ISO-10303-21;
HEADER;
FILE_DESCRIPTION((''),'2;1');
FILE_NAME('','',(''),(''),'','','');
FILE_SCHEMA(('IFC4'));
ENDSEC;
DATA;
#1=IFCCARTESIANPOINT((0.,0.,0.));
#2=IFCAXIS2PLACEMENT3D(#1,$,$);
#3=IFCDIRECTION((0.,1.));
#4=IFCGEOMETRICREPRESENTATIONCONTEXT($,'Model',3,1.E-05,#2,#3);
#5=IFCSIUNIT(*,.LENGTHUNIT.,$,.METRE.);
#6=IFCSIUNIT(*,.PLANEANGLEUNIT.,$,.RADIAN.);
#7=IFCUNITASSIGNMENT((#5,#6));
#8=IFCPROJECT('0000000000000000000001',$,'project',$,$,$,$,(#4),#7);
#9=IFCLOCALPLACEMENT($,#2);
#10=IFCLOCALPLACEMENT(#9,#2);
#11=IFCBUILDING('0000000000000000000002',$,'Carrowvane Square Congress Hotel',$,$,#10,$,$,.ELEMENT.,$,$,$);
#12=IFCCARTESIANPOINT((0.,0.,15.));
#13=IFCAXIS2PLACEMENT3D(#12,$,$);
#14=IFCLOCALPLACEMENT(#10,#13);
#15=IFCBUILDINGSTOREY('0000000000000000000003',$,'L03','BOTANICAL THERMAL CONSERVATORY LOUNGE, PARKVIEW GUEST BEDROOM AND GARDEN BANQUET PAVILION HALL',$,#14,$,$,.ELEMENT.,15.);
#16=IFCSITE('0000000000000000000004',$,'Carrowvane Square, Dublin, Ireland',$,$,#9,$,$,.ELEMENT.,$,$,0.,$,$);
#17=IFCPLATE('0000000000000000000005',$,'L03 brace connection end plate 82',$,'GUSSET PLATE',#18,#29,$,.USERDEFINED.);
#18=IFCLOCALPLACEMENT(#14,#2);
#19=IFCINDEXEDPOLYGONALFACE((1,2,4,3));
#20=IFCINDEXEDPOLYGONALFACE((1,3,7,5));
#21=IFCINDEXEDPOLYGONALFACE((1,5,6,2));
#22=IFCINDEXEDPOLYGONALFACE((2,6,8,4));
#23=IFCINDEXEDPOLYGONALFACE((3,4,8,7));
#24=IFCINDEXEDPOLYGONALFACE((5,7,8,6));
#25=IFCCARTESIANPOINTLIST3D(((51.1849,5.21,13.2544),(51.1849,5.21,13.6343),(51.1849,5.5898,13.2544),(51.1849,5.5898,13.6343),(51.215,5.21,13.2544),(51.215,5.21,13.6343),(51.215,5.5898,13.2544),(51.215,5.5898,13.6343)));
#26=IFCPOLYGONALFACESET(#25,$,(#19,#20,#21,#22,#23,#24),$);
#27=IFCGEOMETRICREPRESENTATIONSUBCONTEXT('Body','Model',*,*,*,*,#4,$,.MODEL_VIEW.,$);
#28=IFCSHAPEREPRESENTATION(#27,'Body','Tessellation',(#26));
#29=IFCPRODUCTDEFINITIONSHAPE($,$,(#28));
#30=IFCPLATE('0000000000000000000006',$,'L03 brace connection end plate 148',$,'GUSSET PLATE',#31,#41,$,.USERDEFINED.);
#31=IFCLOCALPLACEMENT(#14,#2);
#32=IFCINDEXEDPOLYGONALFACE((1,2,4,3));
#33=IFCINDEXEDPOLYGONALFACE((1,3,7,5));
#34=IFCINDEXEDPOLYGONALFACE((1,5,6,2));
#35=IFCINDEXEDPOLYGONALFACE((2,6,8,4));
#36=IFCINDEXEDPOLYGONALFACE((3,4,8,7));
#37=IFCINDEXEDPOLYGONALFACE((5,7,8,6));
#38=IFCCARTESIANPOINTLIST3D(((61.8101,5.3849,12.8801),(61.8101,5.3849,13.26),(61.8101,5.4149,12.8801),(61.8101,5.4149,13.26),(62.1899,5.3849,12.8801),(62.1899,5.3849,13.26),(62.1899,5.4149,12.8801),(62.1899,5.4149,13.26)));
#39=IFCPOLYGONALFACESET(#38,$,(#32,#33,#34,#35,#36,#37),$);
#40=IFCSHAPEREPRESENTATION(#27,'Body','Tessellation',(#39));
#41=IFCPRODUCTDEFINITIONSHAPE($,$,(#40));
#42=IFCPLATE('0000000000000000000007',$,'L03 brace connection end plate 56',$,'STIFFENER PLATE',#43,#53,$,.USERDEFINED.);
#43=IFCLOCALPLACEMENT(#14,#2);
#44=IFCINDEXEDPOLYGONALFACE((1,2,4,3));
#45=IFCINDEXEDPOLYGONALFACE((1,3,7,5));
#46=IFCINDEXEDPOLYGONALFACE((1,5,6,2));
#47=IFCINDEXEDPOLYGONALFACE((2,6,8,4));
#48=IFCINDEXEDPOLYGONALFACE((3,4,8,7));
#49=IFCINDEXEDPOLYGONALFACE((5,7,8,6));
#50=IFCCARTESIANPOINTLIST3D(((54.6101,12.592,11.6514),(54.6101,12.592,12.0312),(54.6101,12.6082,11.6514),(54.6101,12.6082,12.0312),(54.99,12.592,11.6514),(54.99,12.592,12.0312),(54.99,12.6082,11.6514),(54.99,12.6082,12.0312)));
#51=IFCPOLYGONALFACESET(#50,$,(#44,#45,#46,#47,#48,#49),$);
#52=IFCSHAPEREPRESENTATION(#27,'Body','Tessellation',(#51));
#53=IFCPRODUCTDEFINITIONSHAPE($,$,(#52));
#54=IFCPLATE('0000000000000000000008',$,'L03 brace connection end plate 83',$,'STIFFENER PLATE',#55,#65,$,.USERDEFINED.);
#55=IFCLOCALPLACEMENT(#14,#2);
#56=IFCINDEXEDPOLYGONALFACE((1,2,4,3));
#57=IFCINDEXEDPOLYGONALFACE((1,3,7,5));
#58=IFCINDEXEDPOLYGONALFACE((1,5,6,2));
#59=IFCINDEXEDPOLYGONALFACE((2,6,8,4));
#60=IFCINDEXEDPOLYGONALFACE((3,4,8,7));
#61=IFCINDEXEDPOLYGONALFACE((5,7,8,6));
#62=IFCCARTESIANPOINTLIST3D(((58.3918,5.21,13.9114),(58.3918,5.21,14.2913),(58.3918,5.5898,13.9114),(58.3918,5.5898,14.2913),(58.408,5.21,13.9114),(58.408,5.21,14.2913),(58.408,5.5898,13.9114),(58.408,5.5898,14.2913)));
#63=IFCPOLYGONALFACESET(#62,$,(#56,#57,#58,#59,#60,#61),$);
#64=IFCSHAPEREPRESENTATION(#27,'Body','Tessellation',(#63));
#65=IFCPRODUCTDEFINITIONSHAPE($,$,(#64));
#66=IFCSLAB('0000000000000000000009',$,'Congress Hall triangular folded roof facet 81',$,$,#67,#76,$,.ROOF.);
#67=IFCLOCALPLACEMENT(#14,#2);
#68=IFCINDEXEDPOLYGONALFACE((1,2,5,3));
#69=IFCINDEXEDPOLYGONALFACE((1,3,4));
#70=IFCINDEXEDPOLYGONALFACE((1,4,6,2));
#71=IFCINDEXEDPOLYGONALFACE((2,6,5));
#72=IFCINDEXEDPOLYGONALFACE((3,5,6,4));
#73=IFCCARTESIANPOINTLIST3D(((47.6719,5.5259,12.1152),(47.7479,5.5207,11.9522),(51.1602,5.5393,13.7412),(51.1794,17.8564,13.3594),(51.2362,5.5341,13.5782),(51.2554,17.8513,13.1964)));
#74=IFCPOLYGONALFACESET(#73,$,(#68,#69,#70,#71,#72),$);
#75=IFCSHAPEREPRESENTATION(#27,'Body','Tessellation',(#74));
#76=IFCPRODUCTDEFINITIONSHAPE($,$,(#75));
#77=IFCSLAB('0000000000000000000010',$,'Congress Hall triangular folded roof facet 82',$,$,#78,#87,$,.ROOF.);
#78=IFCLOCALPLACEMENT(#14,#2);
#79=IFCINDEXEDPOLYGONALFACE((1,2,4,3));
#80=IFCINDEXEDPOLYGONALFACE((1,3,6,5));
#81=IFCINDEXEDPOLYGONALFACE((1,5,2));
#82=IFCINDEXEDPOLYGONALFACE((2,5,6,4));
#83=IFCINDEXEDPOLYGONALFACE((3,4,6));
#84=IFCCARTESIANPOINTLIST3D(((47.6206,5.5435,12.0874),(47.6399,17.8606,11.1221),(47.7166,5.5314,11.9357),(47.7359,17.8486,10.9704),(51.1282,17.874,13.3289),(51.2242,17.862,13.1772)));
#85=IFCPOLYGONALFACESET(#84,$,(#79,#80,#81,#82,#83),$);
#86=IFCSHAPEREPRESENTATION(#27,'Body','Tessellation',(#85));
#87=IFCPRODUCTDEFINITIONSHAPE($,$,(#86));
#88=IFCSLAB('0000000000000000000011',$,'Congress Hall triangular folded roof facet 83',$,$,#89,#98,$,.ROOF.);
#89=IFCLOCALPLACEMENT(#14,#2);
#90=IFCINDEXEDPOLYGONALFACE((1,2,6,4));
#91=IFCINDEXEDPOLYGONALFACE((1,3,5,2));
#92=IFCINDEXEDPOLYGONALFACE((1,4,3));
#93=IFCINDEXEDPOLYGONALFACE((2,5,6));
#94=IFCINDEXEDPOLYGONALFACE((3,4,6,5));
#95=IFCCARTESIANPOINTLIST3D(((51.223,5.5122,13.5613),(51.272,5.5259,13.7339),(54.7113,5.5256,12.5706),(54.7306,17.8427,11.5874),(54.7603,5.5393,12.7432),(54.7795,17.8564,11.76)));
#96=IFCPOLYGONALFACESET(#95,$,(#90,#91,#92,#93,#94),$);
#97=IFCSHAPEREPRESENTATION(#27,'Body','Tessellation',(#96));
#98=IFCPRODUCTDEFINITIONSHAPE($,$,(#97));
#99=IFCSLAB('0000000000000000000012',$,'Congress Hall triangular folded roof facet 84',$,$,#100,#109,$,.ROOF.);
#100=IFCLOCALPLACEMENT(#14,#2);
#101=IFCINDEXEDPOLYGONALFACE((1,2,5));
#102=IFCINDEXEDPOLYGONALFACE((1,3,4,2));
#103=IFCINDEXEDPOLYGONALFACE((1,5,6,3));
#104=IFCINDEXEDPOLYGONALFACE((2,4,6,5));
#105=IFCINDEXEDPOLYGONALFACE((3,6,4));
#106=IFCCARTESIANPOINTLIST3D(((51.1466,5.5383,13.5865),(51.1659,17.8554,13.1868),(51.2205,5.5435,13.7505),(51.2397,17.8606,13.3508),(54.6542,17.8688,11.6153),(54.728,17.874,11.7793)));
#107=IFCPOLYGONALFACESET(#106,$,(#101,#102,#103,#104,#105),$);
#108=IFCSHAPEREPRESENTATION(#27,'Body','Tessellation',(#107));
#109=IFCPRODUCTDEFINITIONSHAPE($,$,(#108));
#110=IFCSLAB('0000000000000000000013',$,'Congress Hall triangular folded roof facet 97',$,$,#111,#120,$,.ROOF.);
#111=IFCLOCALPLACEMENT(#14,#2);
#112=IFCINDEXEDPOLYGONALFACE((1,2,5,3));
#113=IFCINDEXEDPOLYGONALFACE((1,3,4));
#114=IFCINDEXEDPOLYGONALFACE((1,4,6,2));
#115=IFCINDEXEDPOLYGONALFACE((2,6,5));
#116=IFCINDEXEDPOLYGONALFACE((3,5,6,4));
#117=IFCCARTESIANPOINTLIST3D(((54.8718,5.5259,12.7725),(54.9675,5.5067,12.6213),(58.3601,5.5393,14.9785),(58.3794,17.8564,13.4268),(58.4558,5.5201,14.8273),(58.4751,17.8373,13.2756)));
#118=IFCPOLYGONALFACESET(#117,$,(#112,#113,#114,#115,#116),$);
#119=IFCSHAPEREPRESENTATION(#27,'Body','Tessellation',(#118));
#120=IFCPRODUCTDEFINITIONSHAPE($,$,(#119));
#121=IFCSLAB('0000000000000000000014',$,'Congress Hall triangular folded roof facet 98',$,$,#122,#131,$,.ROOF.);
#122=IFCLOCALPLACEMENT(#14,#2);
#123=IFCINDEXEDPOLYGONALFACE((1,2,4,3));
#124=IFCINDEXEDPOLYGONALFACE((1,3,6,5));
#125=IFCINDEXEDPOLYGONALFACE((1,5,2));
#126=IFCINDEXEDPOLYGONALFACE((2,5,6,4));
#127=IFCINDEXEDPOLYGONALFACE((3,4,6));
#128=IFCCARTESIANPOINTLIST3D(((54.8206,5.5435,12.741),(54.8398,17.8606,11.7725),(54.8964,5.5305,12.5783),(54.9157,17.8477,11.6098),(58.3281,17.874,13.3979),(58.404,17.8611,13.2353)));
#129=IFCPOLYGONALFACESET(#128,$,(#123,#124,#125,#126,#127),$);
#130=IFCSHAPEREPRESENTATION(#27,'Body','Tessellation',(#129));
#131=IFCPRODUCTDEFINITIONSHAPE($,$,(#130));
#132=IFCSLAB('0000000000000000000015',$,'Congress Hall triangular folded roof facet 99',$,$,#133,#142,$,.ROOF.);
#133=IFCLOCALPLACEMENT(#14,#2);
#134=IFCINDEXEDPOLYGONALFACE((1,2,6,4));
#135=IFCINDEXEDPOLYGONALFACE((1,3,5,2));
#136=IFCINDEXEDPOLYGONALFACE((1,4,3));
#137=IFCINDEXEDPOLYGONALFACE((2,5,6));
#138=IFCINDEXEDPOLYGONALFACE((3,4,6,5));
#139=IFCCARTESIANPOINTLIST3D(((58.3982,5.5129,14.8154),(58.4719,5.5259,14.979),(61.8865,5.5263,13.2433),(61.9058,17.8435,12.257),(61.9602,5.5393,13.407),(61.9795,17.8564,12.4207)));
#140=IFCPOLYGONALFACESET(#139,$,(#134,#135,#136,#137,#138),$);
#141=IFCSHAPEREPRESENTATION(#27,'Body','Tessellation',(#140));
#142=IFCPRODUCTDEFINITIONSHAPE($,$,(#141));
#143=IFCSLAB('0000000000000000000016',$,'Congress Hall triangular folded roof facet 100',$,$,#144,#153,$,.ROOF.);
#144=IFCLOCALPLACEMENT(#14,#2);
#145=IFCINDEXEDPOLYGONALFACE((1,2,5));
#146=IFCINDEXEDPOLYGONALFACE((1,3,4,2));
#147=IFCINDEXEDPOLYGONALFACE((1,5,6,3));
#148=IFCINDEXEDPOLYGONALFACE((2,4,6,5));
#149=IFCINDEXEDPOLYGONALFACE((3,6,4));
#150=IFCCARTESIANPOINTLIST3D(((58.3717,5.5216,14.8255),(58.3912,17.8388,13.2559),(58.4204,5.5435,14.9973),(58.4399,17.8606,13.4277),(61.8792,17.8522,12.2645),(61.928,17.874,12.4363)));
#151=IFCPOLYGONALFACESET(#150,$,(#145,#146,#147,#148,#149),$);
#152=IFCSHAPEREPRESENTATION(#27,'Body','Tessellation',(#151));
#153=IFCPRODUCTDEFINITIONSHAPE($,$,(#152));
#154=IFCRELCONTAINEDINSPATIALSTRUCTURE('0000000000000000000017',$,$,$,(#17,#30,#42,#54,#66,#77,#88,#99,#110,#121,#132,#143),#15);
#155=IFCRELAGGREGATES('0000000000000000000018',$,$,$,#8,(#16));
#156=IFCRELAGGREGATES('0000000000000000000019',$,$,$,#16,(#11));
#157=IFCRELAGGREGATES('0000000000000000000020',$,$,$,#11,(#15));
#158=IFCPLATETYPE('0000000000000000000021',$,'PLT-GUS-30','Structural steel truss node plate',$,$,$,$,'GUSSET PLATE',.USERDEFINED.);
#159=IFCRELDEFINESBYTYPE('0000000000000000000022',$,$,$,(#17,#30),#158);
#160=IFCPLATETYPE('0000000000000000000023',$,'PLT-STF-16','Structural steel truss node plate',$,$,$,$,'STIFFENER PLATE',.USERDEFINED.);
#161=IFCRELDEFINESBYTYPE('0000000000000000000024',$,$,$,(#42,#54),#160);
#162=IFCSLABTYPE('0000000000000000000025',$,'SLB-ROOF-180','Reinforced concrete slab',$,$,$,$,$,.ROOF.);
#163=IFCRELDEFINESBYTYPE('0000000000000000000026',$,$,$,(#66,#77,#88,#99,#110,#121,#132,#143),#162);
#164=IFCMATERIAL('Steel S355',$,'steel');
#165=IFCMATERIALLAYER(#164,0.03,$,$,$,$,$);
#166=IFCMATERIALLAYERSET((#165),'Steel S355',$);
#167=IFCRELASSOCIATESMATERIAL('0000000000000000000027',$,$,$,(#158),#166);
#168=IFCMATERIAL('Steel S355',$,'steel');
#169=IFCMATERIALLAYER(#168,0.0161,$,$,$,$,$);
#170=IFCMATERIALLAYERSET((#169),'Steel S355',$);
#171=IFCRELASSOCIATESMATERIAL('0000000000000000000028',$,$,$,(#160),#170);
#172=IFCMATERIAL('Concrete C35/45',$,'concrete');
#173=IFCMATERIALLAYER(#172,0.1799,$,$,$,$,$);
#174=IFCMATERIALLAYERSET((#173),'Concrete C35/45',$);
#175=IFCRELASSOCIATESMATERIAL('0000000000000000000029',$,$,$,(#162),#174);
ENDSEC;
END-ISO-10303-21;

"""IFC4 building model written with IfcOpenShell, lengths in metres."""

from ifc_helpers import new_model, si_unit, direction, frame, origin, origin_2d, place, context, subcontext, project, spatial, polyline, rectangle, outline, extrude, material, layer, layer_set, type_object, element, save


model = new_model("IFC4")

# Units and contexts
model_context = context("Model", 3, precision=1e-05, world=origin(), true_north=direction((0.0, 1.0)))
body_context = subcontext(model_context, "Body", "Model", "MODEL_VIEW")
ifc_project = project(units=[si_unit("LENGTHUNIT", "METRE"), si_unit("PLANEANGLEUNIT", "RADIAN")], contexts=[model_context])

# Site, building, storey
site_placement = place(None, origin())
site = spatial("IfcSite", under=ifc_project, at=site_placement, Name="Carrowvane Square, Dublin, Ireland", CompositionType="ELEMENT", RefElevation=0.0)
building_placement = place(site_placement, origin())
building = spatial("IfcBuilding", under=site, at=building_placement, Name="Carrowvane Square Congress Hotel", CompositionType="ELEMENT")
storey_placement = place(building_placement, frame((0.0, 0.0, 15.0)))
storey = spatial("IfcBuildingStorey", under=building, at=storey_placement, Name="L03", Description="BOTANICAL THERMAL CONSERVATORY LOUNGE, PARKVIEW GUEST BEDROOM AND GARDEN BANQUET PAVILION HALL", CompositionType="ELEMENT", Elevation=15.0)

# Plates
ifc_material_1 = material(Name="Steel S355", Category="steel")
ifc_layer_1 = layer(ifc_material_1, 0.03)
ifc_layer_set_1 = layer_set([ifc_layer_1], Name="Steel S355")
plate_type_1 = type_object("IfcPlateType", Name="PLT-GUS-30", Description="Structural steel truss node plate", ElementType="GUSSET PLATE", PredefinedType="USERDEFINED", material=ifc_layer_set_1)
plate_1_placement = place(storey_placement, frame((51.2, 5.3999, 13.2544), z_axis=(0.0, 0.0, 1.0), x_axis=(1.0, 0.0, 0.0)))
element("IfcPlate", 1, at=plate_1_placement, inside=storey, type_object=plate_type_1, Name="L03 brace connection end plate 82", ObjectType="GUSSET PLATE", PredefinedType="USERDEFINED", context=body_context, shape_type="SweptSolid", body=[
    extrude(rectangle(XDim=0.03, YDim=0.3799, at=origin_2d()), origin(), (0.0, 0.0, 1.0), 0.3799),
])
plate_2_placement = place(storey_placement, frame((62.0, 5.3999, 12.8801), z_axis=(0.0, 0.0, 1.0), x_axis=(1.0, 0.0, 0.0)))
element("IfcPlate", 2, at=plate_2_placement, inside=storey, type_object=plate_type_1, Name="L03 brace connection end plate 148", ObjectType="GUSSET PLATE", PredefinedType="USERDEFINED", context=body_context, shape_type="SweptSolid", body=[
    extrude(rectangle(XDim=0.3799, YDim=0.03, at=origin_2d()), origin(), (0.0, 0.0, 1.0), 0.3799),
])
ifc_material_2 = material(Name="Steel S355", Category="steel")
ifc_layer_2 = layer(ifc_material_2, 0.0161)
ifc_layer_set_2 = layer_set([ifc_layer_2], Name="Steel S355")
plate_type_2 = type_object("IfcPlateType", Name="PLT-STF-16", Description="Structural steel truss node plate", ElementType="STIFFENER PLATE", PredefinedType="USERDEFINED", material=ifc_layer_set_2)
plate_3_placement = place(storey_placement, frame((54.8, 12.6001, 11.6514), z_axis=(0.0, 0.0, 1.0), x_axis=(1.0, 0.0, 0.0)))
element("IfcPlate", 3, at=plate_3_placement, inside=storey, type_object=plate_type_2, Name="L03 brace connection end plate 56", ObjectType="STIFFENER PLATE", PredefinedType="USERDEFINED", context=body_context, shape_type="SweptSolid", body=[
    extrude(rectangle(XDim=0.3799, YDim=0.0161, at=origin_2d()), origin(), (0.0, 0.0, 1.0), 0.3799),
])
plate_4_placement = place(storey_placement, frame((58.3999, 5.3999, 13.9114), z_axis=(0.0, 0.0, 1.0), x_axis=(1.0, 0.0, 0.0)))
element("IfcPlate", 4, at=plate_4_placement, inside=storey, type_object=plate_type_2, Name="L03 brace connection end plate 83", ObjectType="STIFFENER PLATE", PredefinedType="USERDEFINED", context=body_context, shape_type="SweptSolid", body=[
    extrude(rectangle(XDim=0.0161, YDim=0.3799, at=origin_2d()), origin(), (0.0, 0.0, 1.0), 0.3799),
])

# Slabs
ifc_material_3 = material(Name="Concrete C35/45", Category="concrete")
ifc_layer_3 = layer(ifc_material_3, 0.1799)
ifc_layer_set_3 = layer_set([ifc_layer_3], Name="Concrete C35/45")
slab_type = type_object("IfcSlabType", Name="SLB-ROOF-180", Description="Reinforced concrete slab", PredefinedType="ROOF", material=ifc_layer_set_3)
slab_1_placement = place(storey_placement, frame((47.6719, 5.5259, 12.1152), z_axis=(-0.422399, 0.028746, 0.905954), x_axis=(0.906366, 0.003489, 0.42248)))
element("IfcSlab", 5, at=slab_1_placement, inside=storey, type_object=slab_type, Name="Congress Hall triangular folded roof facet 81", PredefinedType="ROOF", context=body_context, shape_type="SweptSolid", body=[
    extrude(outline(polyline([(0.0, 0.0), (3.8486, 0.0), (3.7478, 12.3227), (0.0, 0.0)])), origin(), (0.0, 0.0, -1.0), 0.1799),
])
slab_2_placement = place(storey_placement, frame((47.6206, 5.5435, 12.0874), z_axis=(-0.533613, 0.06691, 0.843078), x_axis=(0.272333, 0.957363, 0.096388)))
element("IfcSlab", 6, at=slab_2_placement, inside=storey, type_object=slab_type, Name="Congress Hall triangular folded roof facet 82", PredefinedType="ROOF", context=body_context, shape_type="SweptSolid", body=[
    extrude(outline(polyline([(0.0, 0.0), (12.8797, 0.0), (11.7042, 3.9568), (0.0, 0.0)])), origin(), (0.0, 0.0, -1.0), 0.1799),
])
slab_3_placement = place(storey_placement, frame((51.272, 5.5259, 13.7339), z_axis=(0.272145, 0.07614, 0.959239), x_axis=(0.961948, 0.003703, -0.273207)))
element("IfcSlab", 7, at=slab_3_placement, inside=storey, type_object=slab_type, Name="Congress Hall triangular folded roof facet 83", PredefinedType="ROOF", context=body_context, shape_type="SweptSolid", body=[
    extrude(outline(polyline([(0.0, 0.0), (3.6263, 0.0), (3.959, 12.3518), (0.0, 0.0)])), origin(), (0.0, 0.0, -1.0), 0.1799),
])
slab_4_placement = place(storey_placement, frame((51.2205, 5.5435, 13.7505), z_axis=(0.410493, 0.02893, 0.911405), x_axis=(0.270429, 0.950669, -0.151976)))
element("IfcSlab", 8, at=slab_4_placement, inside=storey, type_object=slab_type, Name="Congress Hall triangular folded roof facet 84", PredefinedType="ROOF", context=body_context, shape_type="SweptSolid", body=[
    extrude(outline(polyline([(0.0, 0.0), (12.9704, 0.0), (11.7755, 3.6346), (0.0, 0.0)])), origin(), (0.0, 0.0, -1.0), 0.1799),
])
slab_5_placement = place(storey_placement, frame((54.8718, 5.5259, 12.7725), z_axis=(-0.531743, 0.106679, 0.84016), x_axis=(0.845164, 0.003253, 0.534497)))
element("IfcSlab", 9, at=slab_5_placement, inside=storey, type_object=slab_type, Name="Congress Hall triangular folded roof facet 97", PredefinedType="ROOF", context=body_context, shape_type="SweptSolid", body=[
    extrude(outline(polyline([(0.0, 0.0), (4.1273, 0.0), (3.3543, 12.3904), (0.0, 0.0)])), origin(), (0.0, 0.0, -1.0), 0.1799),
])
slab_6_placement = place(storey_placement, frame((54.8206, 5.5435, 12.741), z_axis=(-0.421517, 0.071741, 0.903978), x_axis=(0.273248, 0.960581, 0.051181)))
element("IfcSlab", 10, at=slab_6_placement, inside=storey, type_object=slab_type, Name="Congress Hall triangular folded roof facet 98", PredefinedType="ROOF", context=body_context, shape_type="SweptSolid", body=[
    extrude(outline(polyline([(0.0, 0.0), (12.8366, 0.0), (11.7873, 3.7026), (0.0, 0.0)])), origin(), (0.0, 0.0, -1.0), 0.1799),
])
slab_7_placement = place(storey_placement, frame((58.4719, 5.5259, 14.979), z_axis=(0.409561, 0.072183, 0.909423), x_axis=(0.911691, 0.003509, -0.410861)))
element("IfcSlab", 11, at=slab_7_placement, inside=storey, type_object=slab_type, Name="Congress Hall triangular folded roof facet 99", PredefinedType="ROOF", context=body_context, shape_type="SweptSolid", body=[
    extrude(outline(polyline([(0.0, 0.0), (3.8262, 0.0), (4.2922, 12.3478), (0.0, 0.0)])), origin(), (0.0, 0.0, -1.0), 0.1799),
])
slab_8_placement = place(storey_placement, frame((58.4204, 5.5435, 14.9973), z_axis=(0.270964, 0.121257, 0.954922), x_axis=(0.268305, 0.943205, -0.195902)))
element("IfcSlab", 12, at=slab_8_placement, inside=storey, type_object=slab_type, Name="Congress Hall triangular folded roof facet 100", PredefinedType="ROOF", context=body_context, shape_type="SweptSolid", body=[
    extrude(outline(polyline([(0.0, 0.0), (13.0731, 0.0), (11.9303, 3.4415), (0.0, 0.0)])), origin(), (0.0, 0.0, -1.0), 0.1799),
])

save(model, "model.ifc")
